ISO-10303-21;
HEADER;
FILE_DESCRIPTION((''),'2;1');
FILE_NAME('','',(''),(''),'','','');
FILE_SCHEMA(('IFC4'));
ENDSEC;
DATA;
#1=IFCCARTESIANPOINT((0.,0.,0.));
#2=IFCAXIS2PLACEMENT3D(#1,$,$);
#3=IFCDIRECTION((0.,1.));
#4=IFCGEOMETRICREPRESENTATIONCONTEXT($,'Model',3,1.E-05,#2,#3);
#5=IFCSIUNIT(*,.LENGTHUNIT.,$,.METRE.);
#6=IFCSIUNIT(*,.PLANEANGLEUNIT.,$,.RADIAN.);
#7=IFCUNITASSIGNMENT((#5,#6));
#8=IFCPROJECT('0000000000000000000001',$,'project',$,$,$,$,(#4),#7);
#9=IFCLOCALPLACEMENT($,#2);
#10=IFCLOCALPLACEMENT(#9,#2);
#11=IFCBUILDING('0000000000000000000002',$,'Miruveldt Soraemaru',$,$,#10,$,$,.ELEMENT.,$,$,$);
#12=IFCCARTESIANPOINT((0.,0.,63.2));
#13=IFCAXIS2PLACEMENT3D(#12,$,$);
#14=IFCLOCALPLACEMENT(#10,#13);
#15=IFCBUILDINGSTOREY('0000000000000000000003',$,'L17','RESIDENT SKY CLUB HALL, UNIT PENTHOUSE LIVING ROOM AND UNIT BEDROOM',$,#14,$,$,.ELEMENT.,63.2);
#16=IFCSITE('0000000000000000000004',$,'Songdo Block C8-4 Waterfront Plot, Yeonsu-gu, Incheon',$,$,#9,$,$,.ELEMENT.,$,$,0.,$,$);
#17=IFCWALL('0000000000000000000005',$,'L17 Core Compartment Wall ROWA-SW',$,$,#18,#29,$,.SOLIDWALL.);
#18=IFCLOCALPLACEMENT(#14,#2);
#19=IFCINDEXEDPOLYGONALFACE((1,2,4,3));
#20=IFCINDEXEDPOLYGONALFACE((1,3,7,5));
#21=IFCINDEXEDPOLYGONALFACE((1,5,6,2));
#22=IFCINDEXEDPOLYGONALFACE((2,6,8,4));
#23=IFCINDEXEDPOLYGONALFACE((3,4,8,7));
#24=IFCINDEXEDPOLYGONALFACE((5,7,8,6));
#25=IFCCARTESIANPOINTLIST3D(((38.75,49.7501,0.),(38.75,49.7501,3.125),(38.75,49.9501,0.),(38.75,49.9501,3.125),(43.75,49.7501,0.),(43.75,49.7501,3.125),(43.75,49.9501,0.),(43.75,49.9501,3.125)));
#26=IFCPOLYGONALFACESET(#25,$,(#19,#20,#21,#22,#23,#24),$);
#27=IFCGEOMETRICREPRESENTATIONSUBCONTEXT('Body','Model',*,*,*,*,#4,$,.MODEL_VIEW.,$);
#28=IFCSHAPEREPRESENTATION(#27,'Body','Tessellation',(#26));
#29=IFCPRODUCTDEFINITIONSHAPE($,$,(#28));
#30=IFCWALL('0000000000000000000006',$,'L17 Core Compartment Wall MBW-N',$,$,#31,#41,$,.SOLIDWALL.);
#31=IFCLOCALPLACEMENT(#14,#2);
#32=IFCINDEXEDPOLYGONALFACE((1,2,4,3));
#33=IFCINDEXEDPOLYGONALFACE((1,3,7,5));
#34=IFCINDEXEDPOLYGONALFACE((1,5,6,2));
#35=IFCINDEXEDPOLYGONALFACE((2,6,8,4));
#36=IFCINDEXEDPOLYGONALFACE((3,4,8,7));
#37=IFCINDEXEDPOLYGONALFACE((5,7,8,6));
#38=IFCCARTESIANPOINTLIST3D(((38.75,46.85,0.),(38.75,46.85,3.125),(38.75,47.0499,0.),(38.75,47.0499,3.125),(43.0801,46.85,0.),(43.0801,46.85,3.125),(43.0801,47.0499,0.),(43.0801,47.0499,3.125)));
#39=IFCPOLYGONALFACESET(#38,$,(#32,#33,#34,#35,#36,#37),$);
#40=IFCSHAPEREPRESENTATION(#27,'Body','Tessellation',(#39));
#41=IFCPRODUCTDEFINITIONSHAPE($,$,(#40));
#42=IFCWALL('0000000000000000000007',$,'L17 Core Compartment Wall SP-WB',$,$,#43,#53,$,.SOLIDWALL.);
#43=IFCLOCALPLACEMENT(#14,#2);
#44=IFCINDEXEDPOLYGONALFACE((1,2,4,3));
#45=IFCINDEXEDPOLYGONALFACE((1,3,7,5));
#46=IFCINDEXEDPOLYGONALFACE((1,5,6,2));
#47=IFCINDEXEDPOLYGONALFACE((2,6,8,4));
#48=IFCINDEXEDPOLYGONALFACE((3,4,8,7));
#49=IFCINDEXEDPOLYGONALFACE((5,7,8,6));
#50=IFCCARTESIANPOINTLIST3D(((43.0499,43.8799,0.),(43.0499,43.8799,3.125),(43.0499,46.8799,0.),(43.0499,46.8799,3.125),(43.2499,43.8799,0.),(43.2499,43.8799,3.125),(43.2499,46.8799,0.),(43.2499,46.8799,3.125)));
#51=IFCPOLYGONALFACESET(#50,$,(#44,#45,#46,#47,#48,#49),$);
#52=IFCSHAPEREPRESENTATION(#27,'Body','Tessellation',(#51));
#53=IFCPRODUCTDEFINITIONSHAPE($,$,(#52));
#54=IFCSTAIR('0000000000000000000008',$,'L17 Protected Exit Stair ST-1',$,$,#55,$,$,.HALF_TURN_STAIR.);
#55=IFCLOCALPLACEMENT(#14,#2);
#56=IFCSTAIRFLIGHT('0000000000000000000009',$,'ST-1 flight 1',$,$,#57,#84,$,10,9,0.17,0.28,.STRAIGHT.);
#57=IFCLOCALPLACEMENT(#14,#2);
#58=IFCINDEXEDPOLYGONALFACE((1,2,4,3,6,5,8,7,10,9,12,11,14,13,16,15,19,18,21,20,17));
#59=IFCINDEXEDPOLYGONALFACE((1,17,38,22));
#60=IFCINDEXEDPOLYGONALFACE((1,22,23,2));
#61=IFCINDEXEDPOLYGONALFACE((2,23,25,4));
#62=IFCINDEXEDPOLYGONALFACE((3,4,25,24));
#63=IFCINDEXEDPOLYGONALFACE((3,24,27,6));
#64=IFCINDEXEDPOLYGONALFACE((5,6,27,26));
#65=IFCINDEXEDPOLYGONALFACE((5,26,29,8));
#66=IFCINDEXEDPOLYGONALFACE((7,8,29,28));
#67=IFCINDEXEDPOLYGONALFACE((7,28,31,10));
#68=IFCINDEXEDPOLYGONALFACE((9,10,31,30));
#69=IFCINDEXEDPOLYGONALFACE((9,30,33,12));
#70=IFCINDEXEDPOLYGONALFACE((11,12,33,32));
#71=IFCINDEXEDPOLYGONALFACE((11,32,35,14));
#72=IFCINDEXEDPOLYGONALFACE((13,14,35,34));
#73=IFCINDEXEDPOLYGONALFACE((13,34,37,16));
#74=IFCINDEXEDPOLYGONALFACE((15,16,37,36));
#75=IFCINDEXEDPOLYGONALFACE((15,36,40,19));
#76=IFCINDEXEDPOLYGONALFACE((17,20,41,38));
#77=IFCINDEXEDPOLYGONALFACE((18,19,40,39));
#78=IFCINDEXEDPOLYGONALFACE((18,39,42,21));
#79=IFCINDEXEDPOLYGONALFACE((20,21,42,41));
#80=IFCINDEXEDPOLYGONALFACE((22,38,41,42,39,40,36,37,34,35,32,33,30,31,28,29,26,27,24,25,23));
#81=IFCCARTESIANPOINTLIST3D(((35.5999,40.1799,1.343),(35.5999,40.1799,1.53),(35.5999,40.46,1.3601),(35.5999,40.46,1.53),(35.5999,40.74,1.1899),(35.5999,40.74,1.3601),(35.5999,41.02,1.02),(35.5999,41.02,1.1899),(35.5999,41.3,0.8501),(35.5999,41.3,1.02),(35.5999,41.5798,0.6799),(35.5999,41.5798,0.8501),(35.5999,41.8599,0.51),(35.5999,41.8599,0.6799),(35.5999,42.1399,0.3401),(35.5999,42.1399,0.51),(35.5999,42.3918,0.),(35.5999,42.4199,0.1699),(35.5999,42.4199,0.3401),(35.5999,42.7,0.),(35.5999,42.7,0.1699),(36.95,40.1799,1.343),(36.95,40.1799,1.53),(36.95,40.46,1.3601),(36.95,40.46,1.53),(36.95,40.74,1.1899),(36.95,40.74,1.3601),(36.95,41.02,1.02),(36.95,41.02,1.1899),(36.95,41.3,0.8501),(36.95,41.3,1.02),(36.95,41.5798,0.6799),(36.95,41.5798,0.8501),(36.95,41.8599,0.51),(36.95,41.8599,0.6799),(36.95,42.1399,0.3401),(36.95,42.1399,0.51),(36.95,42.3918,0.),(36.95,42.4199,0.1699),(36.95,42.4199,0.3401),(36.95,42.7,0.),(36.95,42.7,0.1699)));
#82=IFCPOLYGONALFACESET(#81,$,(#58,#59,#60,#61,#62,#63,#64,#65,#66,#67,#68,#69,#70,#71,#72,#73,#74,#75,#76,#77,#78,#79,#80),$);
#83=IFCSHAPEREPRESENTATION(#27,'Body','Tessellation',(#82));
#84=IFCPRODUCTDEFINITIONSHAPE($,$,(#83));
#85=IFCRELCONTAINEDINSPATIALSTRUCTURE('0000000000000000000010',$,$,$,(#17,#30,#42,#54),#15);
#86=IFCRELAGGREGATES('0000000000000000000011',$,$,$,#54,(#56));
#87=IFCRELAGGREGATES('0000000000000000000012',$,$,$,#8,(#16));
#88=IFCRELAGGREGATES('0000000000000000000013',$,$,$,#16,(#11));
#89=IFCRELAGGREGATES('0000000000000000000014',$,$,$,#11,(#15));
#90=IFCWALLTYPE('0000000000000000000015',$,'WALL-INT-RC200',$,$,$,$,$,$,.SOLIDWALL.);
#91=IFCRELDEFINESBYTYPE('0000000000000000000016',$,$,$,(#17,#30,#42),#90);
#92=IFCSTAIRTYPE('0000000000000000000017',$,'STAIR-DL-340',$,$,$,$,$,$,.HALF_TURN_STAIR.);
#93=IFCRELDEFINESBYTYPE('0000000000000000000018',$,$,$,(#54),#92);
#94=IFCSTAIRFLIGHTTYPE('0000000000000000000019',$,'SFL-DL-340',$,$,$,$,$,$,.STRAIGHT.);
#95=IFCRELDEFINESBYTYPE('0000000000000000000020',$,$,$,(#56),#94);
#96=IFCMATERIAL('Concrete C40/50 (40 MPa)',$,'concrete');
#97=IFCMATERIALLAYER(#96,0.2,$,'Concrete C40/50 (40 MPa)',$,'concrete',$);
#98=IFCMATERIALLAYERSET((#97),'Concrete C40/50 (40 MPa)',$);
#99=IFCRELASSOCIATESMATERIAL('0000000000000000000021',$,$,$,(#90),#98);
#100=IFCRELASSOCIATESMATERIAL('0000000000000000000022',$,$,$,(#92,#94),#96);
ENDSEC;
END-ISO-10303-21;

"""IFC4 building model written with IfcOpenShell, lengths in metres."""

from ifc_helpers import new_model, si_unit, direction, frame, frame_2d, origin, place, context, subcontext, project, spatial, polyline, rectangle, outline, extrude, material, layer, layer_set, type_object, element, aggregate, save


model = new_model("IFC4")

# Units and contexts
model_context = context("Model", 3, precision=1e-05, world=origin(), true_north=direction((0.0, 1.0)))
body_context = subcontext(model_context, "Body", "Model", "MODEL_VIEW")
ifc_project = project(units=[si_unit("LENGTHUNIT", "METRE"), si_unit("PLANEANGLEUNIT", "RADIAN")], contexts=[model_context])

# Site, building, storey
site_placement = place(None, origin())
site = spatial("IfcSite", under=ifc_project, at=site_placement, Name="Songdo Block C8-4 Waterfront Plot, Yeonsu-gu, Incheon", CompositionType="ELEMENT", RefElevation=0.0)
building_placement = place(site_placement, origin())
building = spatial("IfcBuilding", under=site, at=building_placement, Name="Miruveldt Soraemaru", CompositionType="ELEMENT")
storey_placement = place(building_placement, frame((0.0, 0.0, 63.2)))
storey = spatial("IfcBuildingStorey", under=building, at=storey_placement, Name="L17", Description="RESIDENT SKY CLUB HALL, UNIT PENTHOUSE LIVING ROOM AND UNIT BEDROOM", CompositionType="ELEMENT", Elevation=63.2)

# Shared definitions
ifc_material_1 = material(Name="Concrete C40/50 (40 MPa)", Category="concrete")

# Shared definitions
ifc_layer_1 = layer(ifc_material_1, 0.2, Name="Concrete C40/50 (40 MPa)", Category="concrete")
ifc_layer_set_1 = layer_set([ifc_layer_1], Name="Concrete C40/50 (40 MPa)")
wall_type_1 = type_object("IfcWallType", Name="WALL-INT-RC200", PredefinedType="SOLIDWALL", material=ifc_layer_set_1)

# Walls
wall_1_placement = place(storey_placement, frame((38.75, 49.8501, 0.0), z_axis=(0.0, 0.0, 1.0), x_axis=(1.0, 0.0, 0.0)))
element("IfcWall", 1, at=wall_1_placement, inside=storey, type_object=wall_type_1, Name="L17 Core Compartment Wall ROWA-SW", PredefinedType="SOLIDWALL", context=body_context, shape_type="SweptSolid", body=[
    extrude(rectangle(XDim=5.0, YDim=0.2, at=frame_2d((2.5, 0.0))), origin(), (0.0, 0.0, 1.0), 3.125),
])
wall_2_placement = place(storey_placement, frame((38.75, 46.95, 0.0), z_axis=(0.0, 0.0, 1.0), x_axis=(1.0, 0.0, 0.0)))
element("IfcWall", 2, at=wall_2_placement, inside=storey, type_object=wall_type_1, Name="L17 Core Compartment Wall MBW-N", PredefinedType="SOLIDWALL", context=body_context, shape_type="SweptSolid", body=[
    extrude(rectangle(XDim=4.3301, YDim=0.2, at=frame_2d((2.165, 0.0))), origin(), (0.0, 0.0, 1.0), 3.125),
])
wall_3_placement = place(storey_placement, frame((43.1499, 43.8799, 0.0), z_axis=(0.0, 0.0, 1.0), x_axis=(0.0, 1.0, 0.0)))
element("IfcWall", 3, at=wall_3_placement, inside=storey, type_object=wall_type_1, Name="L17 Core Compartment Wall SP-WB", PredefinedType="SOLIDWALL", context=body_context, shape_type="SweptSolid", body=[
    extrude(rectangle(XDim=3.0, YDim=0.2, at=frame_2d((1.5, 0.0))), origin(), (0.0, 0.0, 1.0), 3.125),
])

# Stair, stair flight
stair_type = type_object("IfcStairType", Name="STAIR-DL-340", PredefinedType="HALF_TURN_STAIR", material=ifc_material_1)
stair_placement = place(storey_placement, origin())
stair = element("IfcStair", 4, at=stair_placement, inside=storey, type_object=stair_type, Name="L17 Protected Exit Stair ST-1", PredefinedType="HALF_TURN_STAIR")
stair_flight_type = type_object("IfcStairFlightType", Name="SFL-DL-340", PredefinedType="STRAIGHT", material=ifc_material_1)
stair_flight_placement = place(storey_placement, frame((36.2749, 42.7, 0.0), z_axis=(0.0, 0.0, 1.0), x_axis=(0.0, -1.0, 0.0)))
stair_flight = element("IfcStairFlight", 5, at=stair_flight_placement, type_object=stair_flight_type, Name="ST-1 flight 1", NumberOfRisers=10, NumberOfTreads=9, PredefinedType="STRAIGHT", RiserHeight=0.17, TreadLength=0.28, context=body_context, shape_type="SweptSolid", body=[
    extrude(outline(polyline([(0.0, 0.0), (0.0, 0.1699), (0.28, 0.1699), (0.28, 0.3401), (0.5601, 0.3401), (0.5601, 0.51), (0.8401, 0.51), (0.8401, 0.6799), (1.1201, 0.6799), (1.1201, 0.8501), (1.3999, 0.8501), (1.3999, 1.02), (1.6799, 1.02), (1.6799, 1.1899), (1.96, 1.1899), (1.96, 1.3601), (2.24, 1.3601), (2.24, 1.53), (2.52, 1.53), (2.52, 1.7), (2.52, 1.343), (0.3081, 0.0), (0.0, 0.0)])), frame((0.0, 0.675, 0.0), z_axis=(0.0, -1.0, 0.0), x_axis=(1.0, 0.0, 0.0)), (0.0, 0.0, 1.0), 1.3501),
])
aggregate(stair, [stair_flight])

save(model, "model.ifc")
